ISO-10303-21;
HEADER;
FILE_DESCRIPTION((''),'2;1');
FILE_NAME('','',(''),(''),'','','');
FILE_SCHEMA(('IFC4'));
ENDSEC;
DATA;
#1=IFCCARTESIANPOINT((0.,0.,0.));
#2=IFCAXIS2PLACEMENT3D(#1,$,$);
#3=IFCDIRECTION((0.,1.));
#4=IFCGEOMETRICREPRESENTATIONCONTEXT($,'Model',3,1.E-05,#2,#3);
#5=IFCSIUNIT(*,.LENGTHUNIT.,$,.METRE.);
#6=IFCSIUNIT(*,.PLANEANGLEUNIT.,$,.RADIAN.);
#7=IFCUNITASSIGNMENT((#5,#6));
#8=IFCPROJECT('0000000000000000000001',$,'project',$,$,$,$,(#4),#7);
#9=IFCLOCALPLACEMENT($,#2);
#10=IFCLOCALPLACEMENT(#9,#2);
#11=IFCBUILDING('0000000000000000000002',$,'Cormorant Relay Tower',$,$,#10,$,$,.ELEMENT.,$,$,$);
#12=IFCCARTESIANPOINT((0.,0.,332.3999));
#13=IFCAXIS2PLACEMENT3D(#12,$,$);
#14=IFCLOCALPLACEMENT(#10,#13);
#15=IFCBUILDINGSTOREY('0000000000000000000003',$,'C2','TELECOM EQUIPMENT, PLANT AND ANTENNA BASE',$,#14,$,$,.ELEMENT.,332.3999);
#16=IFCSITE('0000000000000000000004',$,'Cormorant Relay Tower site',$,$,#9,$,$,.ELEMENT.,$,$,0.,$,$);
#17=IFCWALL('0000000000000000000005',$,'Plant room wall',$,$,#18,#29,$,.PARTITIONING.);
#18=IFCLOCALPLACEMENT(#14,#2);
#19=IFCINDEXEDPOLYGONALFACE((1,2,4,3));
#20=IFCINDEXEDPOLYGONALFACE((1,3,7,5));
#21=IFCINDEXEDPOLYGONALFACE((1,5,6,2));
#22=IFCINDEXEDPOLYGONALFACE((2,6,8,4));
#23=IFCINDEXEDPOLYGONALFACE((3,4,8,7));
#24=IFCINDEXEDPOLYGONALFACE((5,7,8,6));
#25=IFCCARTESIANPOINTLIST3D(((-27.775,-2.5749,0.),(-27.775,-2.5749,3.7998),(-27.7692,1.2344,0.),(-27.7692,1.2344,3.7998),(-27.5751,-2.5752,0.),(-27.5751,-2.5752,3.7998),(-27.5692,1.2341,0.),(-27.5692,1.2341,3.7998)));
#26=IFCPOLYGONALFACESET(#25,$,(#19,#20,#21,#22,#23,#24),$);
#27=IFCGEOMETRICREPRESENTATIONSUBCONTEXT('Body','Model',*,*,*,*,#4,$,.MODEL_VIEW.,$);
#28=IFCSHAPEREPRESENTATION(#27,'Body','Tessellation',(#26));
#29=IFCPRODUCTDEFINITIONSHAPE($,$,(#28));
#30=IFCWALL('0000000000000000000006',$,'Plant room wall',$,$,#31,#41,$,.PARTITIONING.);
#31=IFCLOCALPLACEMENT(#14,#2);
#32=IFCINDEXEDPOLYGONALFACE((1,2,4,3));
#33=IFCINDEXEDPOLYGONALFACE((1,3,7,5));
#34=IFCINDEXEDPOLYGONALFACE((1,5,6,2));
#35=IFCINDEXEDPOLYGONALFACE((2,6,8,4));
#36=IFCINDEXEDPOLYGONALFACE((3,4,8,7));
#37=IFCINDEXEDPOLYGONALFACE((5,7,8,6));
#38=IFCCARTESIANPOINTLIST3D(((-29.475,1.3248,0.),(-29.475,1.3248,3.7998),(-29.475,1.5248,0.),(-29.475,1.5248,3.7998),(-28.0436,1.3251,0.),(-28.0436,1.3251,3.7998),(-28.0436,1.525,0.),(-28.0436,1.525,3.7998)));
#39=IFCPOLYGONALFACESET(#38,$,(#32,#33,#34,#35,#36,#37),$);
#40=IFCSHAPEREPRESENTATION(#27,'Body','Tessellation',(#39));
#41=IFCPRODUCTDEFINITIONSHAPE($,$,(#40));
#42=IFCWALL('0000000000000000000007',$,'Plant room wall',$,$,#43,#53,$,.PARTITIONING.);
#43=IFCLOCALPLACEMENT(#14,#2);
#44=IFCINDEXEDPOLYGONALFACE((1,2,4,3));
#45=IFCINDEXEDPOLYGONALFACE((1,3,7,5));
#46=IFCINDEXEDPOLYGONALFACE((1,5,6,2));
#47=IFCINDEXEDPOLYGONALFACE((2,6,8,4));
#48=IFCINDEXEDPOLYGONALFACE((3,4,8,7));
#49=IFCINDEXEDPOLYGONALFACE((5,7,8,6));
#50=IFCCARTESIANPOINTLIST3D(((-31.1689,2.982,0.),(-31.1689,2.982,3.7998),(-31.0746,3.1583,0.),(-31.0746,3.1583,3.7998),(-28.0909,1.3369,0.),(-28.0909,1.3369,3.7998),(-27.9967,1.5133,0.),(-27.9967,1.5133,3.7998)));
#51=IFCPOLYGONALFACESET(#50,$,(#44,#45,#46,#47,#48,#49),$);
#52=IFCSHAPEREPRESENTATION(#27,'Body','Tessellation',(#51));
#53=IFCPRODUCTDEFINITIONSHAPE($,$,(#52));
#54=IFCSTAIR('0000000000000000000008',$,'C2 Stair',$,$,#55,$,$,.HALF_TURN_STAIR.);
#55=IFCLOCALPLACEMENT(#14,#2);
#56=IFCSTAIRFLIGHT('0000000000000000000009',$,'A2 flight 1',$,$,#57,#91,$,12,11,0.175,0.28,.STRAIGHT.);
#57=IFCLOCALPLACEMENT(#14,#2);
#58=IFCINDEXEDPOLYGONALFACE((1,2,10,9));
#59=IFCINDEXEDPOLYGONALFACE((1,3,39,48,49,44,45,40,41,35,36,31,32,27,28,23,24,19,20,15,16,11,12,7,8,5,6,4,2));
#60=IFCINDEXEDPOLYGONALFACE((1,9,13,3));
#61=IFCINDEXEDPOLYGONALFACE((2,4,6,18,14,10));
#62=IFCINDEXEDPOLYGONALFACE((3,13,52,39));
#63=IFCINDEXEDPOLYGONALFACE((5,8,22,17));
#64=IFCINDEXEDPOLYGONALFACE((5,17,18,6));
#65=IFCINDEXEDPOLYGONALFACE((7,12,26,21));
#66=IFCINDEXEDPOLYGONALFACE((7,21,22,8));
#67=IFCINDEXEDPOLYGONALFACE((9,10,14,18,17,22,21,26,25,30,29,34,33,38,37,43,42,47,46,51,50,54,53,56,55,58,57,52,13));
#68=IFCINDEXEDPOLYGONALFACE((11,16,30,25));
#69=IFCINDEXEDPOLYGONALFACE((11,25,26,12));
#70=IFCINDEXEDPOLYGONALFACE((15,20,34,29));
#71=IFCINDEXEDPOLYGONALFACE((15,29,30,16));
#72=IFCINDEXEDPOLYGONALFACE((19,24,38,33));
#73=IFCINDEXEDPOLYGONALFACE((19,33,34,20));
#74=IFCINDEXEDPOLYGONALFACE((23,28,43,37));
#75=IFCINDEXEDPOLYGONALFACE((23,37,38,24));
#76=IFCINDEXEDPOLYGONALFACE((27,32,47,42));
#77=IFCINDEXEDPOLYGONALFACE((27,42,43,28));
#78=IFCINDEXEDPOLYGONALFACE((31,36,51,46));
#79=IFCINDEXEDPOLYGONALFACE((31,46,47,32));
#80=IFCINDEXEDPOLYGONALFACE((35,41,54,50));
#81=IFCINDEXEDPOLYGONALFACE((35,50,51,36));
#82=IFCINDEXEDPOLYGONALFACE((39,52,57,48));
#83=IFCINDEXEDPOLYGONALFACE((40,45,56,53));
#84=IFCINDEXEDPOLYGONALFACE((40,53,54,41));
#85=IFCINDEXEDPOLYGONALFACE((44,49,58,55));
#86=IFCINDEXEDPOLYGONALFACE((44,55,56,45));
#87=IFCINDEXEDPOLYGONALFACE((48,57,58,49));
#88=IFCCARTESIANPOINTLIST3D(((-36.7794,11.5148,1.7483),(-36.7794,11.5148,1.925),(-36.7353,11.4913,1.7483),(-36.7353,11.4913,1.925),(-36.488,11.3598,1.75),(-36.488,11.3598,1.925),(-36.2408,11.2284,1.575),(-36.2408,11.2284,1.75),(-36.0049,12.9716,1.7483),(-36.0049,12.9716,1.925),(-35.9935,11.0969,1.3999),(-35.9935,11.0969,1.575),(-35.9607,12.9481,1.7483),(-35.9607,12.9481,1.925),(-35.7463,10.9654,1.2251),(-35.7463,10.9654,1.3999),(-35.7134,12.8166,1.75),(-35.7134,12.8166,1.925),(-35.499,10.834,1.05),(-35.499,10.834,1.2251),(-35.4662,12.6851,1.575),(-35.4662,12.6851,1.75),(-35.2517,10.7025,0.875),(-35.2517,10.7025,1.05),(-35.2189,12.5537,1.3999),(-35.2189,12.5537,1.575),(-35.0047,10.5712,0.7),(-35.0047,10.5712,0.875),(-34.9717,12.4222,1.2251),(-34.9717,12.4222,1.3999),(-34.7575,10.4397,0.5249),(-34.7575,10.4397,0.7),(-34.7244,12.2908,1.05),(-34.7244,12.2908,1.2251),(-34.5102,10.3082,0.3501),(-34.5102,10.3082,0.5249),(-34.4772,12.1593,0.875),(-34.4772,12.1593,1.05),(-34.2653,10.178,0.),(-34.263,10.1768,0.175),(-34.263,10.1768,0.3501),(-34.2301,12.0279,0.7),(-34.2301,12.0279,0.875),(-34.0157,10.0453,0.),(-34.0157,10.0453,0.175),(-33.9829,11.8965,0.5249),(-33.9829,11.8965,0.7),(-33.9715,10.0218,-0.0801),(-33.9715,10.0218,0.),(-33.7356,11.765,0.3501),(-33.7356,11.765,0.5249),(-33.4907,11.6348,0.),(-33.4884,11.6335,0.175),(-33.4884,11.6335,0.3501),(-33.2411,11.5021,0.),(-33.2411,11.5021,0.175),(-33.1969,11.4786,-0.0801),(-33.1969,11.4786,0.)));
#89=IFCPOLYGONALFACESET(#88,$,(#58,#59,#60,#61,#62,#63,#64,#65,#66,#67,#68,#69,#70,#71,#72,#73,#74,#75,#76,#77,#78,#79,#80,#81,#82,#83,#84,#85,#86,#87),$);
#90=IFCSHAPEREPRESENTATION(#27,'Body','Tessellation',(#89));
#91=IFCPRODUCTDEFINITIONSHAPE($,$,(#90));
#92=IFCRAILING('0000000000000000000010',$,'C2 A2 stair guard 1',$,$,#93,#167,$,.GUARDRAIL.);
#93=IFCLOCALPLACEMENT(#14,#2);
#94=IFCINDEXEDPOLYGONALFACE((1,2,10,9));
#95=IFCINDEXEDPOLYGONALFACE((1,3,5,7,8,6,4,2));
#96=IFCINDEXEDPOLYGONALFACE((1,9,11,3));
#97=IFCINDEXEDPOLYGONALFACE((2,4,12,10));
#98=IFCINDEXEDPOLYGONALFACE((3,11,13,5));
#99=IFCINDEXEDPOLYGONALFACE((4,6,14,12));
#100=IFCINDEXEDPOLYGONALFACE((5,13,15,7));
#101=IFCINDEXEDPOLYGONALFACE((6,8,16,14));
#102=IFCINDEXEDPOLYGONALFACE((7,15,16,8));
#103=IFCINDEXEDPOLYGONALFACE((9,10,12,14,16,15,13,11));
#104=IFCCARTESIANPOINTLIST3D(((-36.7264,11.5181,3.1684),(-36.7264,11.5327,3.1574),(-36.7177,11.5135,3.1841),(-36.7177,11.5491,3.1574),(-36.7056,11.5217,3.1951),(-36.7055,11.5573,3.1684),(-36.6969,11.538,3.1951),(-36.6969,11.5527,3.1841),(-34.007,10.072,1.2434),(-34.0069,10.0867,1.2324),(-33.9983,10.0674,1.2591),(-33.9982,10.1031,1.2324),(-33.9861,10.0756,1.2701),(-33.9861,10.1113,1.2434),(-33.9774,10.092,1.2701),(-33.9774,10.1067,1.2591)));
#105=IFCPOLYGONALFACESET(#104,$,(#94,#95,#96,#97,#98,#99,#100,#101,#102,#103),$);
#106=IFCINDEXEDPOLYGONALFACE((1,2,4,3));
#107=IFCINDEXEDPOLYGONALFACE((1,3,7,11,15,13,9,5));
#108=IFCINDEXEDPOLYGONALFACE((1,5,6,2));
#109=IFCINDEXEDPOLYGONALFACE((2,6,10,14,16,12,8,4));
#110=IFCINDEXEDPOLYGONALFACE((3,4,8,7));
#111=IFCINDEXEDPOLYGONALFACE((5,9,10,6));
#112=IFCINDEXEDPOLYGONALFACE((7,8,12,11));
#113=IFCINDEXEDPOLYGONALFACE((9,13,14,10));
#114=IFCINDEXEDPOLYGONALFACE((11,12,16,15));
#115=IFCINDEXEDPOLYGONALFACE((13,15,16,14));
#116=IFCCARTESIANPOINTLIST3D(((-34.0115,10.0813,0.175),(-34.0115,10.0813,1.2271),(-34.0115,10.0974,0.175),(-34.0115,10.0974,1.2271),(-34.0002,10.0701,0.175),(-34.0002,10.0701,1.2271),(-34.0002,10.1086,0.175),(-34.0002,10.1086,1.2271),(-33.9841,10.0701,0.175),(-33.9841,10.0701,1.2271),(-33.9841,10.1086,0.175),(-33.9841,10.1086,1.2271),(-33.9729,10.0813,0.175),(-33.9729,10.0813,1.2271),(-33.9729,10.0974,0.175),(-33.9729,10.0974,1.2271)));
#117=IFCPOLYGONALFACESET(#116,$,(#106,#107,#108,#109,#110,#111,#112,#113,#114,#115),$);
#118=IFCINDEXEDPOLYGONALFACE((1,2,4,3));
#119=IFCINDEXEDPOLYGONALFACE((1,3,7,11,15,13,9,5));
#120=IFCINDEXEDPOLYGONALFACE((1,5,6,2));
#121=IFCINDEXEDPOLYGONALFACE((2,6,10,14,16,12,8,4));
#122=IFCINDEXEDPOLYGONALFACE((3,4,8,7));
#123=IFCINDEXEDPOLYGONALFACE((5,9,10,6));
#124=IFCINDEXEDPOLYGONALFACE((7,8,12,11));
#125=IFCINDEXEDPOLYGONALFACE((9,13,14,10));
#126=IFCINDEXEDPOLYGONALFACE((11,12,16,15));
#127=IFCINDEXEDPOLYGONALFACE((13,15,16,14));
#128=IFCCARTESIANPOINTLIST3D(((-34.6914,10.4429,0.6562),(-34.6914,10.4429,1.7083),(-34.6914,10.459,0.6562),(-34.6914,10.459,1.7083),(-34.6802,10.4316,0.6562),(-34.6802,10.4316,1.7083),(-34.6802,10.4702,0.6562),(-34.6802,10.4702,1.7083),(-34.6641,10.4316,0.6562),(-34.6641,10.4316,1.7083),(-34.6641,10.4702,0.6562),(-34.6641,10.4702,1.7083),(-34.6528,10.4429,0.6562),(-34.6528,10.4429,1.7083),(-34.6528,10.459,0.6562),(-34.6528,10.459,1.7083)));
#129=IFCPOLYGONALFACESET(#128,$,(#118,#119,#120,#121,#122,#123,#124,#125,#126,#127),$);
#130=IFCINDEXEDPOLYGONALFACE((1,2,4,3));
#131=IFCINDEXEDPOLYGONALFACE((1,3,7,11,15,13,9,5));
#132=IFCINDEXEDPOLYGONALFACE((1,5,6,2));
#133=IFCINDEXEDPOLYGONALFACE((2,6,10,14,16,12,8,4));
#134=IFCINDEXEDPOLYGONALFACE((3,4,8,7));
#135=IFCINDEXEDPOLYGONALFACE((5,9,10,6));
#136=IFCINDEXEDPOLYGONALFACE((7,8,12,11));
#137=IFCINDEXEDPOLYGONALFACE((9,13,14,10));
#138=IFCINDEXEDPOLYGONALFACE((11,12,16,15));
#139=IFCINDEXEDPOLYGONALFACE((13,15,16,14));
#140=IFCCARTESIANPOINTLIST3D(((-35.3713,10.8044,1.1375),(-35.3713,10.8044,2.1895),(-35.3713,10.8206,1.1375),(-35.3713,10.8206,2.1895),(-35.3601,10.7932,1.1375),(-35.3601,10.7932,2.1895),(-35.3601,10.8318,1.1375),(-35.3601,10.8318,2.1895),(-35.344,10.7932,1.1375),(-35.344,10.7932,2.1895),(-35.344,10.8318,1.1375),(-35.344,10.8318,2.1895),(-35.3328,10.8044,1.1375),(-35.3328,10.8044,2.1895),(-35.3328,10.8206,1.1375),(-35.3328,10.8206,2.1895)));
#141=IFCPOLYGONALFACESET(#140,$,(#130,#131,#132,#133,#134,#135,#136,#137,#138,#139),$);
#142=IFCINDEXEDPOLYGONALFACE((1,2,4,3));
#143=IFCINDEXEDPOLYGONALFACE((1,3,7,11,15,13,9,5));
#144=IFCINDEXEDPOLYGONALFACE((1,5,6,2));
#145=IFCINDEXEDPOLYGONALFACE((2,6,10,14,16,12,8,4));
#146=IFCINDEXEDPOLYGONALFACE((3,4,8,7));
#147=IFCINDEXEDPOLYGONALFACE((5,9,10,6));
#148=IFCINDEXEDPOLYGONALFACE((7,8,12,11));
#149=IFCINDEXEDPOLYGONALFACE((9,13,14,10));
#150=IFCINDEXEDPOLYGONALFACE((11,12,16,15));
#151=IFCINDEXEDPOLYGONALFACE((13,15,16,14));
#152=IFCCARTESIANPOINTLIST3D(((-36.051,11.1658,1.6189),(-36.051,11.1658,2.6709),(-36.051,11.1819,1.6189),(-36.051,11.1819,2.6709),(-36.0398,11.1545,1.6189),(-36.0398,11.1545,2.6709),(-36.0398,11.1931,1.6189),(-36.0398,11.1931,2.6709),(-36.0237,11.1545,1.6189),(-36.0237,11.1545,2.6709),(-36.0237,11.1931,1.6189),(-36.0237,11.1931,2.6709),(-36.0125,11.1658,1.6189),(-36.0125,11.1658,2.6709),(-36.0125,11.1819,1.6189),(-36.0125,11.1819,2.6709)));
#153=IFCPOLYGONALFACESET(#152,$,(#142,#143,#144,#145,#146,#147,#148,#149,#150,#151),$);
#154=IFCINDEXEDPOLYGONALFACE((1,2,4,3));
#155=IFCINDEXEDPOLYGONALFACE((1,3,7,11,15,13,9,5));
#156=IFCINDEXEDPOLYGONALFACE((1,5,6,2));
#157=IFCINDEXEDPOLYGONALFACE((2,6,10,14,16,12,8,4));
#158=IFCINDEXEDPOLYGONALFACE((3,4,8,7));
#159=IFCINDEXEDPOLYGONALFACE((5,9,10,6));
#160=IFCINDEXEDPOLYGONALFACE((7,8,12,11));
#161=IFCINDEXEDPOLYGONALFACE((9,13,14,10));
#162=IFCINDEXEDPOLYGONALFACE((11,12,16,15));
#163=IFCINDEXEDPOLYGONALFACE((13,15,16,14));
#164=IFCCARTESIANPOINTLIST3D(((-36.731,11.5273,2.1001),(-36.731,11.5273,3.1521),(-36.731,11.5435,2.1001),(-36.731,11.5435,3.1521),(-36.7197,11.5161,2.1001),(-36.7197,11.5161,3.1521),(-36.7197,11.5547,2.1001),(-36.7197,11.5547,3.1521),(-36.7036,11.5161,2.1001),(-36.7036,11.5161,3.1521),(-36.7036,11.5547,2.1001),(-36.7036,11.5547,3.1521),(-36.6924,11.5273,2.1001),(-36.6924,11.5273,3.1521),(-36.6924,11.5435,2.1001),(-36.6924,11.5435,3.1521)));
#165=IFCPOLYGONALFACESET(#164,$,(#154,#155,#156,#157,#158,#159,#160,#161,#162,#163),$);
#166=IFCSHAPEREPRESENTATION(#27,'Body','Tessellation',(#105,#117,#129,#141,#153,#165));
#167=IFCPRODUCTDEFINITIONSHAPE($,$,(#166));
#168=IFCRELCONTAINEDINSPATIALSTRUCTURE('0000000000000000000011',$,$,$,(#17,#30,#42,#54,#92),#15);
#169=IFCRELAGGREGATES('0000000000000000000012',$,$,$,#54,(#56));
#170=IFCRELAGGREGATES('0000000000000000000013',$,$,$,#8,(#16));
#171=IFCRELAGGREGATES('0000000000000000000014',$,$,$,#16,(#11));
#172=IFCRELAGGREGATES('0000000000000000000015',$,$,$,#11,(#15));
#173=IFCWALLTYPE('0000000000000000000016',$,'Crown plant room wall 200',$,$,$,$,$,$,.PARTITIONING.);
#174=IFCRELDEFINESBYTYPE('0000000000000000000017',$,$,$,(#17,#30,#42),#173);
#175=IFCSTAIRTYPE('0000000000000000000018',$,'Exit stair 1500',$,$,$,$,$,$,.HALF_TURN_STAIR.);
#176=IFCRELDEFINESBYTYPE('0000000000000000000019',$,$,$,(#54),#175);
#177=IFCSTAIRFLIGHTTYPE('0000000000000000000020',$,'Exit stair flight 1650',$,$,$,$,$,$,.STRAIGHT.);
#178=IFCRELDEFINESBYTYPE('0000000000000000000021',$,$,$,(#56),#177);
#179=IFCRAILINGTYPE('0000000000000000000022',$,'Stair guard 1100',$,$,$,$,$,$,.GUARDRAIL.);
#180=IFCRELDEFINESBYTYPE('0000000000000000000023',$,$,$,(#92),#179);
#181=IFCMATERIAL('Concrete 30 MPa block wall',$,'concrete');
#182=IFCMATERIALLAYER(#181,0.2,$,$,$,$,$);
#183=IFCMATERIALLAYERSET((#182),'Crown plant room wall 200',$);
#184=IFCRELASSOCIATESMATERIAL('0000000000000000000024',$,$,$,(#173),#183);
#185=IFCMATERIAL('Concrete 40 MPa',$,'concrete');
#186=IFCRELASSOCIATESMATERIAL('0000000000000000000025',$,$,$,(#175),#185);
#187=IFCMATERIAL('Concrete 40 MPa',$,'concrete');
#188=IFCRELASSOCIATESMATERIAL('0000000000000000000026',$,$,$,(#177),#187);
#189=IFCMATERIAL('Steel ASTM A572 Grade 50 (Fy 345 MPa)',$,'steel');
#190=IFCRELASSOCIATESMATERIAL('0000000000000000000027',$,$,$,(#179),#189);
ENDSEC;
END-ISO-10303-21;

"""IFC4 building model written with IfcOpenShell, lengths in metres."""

from ifc_helpers import new_model, si_unit, direction, frame, frame_2d, origin, place, context, subcontext, project, spatial, polyline, rectangle, outline, extrude, material, layer, layer_set, type_object, element, aggregate, save


model = new_model("IFC4")

# Units and contexts
model_context = context("Model", 3, precision=1e-05, world=origin(), true_north=direction((0.0, 1.0)))
body_context = subcontext(model_context, "Body", "Model", "MODEL_VIEW")
ifc_project = project(units=[si_unit("LENGTHUNIT", "METRE"), si_unit("PLANEANGLEUNIT", "RADIAN")], contexts=[model_context])

# Site, building, storey
site_placement = place(None, origin())
site = spatial("IfcSite", under=ifc_project, at=site_placement, Name="Cormorant Relay Tower site", CompositionType="ELEMENT", RefElevation=0.0)
building_placement = place(site_placement, origin())
building = spatial("IfcBuilding", under=site, at=building_placement, Name="Cormorant Relay Tower", CompositionType="ELEMENT")
storey_placement = place(building_placement, frame((0.0, 0.0, 332.3999)))
storey = spatial("IfcBuildingStorey", under=building, at=storey_placement, Name="C2", Description="TELECOM EQUIPMENT, PLANT AND ANTENNA BASE", CompositionType="ELEMENT", Elevation=332.3999)

# Shared definitions
ifc_material_1 = material(Name="Concrete 30 MPa block wall", Category="concrete")
ifc_layer_1 = layer(ifc_material_1, 0.2)
ifc_layer_set_1 = layer_set([ifc_layer_1], Name="Crown plant room wall 200")
wall_type_1 = type_object("IfcWallType", Name="Crown plant room wall 200", PredefinedType="PARTITIONING", material=ifc_layer_set_1)

# Walls
wall_1_placement = place(storey_placement, frame((-27.6692, 1.2344, 0.0), z_axis=(0.0, 0.0, 1.0), x_axis=(-0.001538, -0.999999, 0.0)))
element("IfcWall", 1, at=wall_1_placement, inside=storey, type_object=wall_type_1, Name="Plant room wall", PredefinedType="PARTITIONING", context=body_context, shape_type="SweptSolid", body=[
    extrude(rectangle(XDim=3.8093, YDim=0.2, at=frame_2d((1.9048, 0.0))), origin(), (0.0, 0.0, 1.0), 3.7998),
])
wall_2_placement = place(storey_placement, frame((-29.4751, 1.4248, 0.0), z_axis=(0.0, 0.0, 1.0), x_axis=(1.0, 0.000171, 0.0)))
element("IfcWall", 2, at=wall_2_placement, inside=storey, type_object=wall_type_1, Name="Plant room wall", PredefinedType="PARTITIONING", context=body_context, shape_type="SweptSolid", body=[
    extrude(rectangle(XDim=1.4314, YDim=0.2, at=frame_2d((0.7158, 0.0))), origin(), (0.0, 0.0, 1.0), 3.7998),
])
wall_3_placement = place(storey_placement, frame((-28.0437, 1.425, 0.0), z_axis=(0.0, 0.0, 1.0), x_axis=(-0.881938, 0.471365, 0.0)))
element("IfcWall", 3, at=wall_3_placement, inside=storey, type_object=wall_type_1, Name="Plant room wall", PredefinedType="PARTITIONING", context=body_context, shape_type="SweptSolid", body=[
    extrude(rectangle(XDim=3.49, YDim=0.2, at=frame_2d((1.7451, 0.0))), origin(), (0.0, 0.0, 1.0), 3.7998),
])

# Stair, stair flight
ifc_material_2 = material(Name="Concrete 40 MPa", Category="concrete")
stair_type = type_object("IfcStairType", Name="Exit stair 1500", PredefinedType="HALF_TURN_STAIR", material=ifc_material_2)
stair_placement = place(storey_placement, origin())
stair = element("IfcStair", 4, at=stair_placement, inside=storey, type_object=stair_type, Name="C2 Stair", PredefinedType="HALF_TURN_STAIR")
ifc_material_3 = material(Name="Concrete 40 MPa", Category="concrete")
stair_flight_type = type_object("IfcStairFlightType", Name="Exit stair flight 1650", PredefinedType="STRAIGHT", material=ifc_material_3)
stair_flight_placement = place(storey_placement, frame((-33.6284, 10.7737, 0.0), z_axis=(0.0, 0.0, 1.0), x_axis=(-0.882948, 0.469472, 0.0)))
stair_flight = element("IfcStairFlight", 5, at=stair_flight_placement, type_object=stair_flight_type, Name="A2 flight 1", NumberOfRisers=12, NumberOfTreads=11, PredefinedType="STRAIGHT", RiserHeight=0.175, TreadLength=0.28, context=body_context, shape_type="SweptSolid", body=[
    extrude(outline(polyline([(-0.05, -0.0801), (-0.05, 0.0), (0.0, 0.0), (0.0, 0.175), (0.28, 0.175), (0.28, 0.3501), (0.5601, 0.3501), (0.5601, 0.5249), (0.8401, 0.5249), (0.8401, 0.7), (1.1201, 0.7), (1.1201, 0.875), (1.3999, 0.875), (1.3999, 1.05), (1.6799, 1.05), (1.6799, 1.2251), (1.96, 1.2251), (1.96, 1.3999), (2.24, 1.3999), (2.24, 1.575), (2.52, 1.575), (2.52, 1.75), (2.8, 1.75), (2.8, 1.925), (3.0801, 1.925), (3.1301, 1.925), (3.1301, 1.7483), (3.0801, 1.7483), (0.2827, 0.0), (-0.05, -0.0801)])), frame((0.0, 0.825, 0.0), z_axis=(0.0, -1.0, 0.0), x_axis=(1.0, 0.0, 0.0)), (0.0, 0.0, 1.0), 1.6499),
])
aggregate(stair, [stair_flight])

# Railing
ifc_material_4 = material(Name="Steel ASTM A572 Grade 50 (Fy 345 MPa)", Category="steel")
railing_type_1 = type_object("IfcRailingType", Name="Stair guard 1100", PredefinedType="GUARDRAIL", material=ifc_material_4)
railing_1_placement = place(storey_placement, frame((-33.9922, 10.0894, 0.175)))
element("IfcRailing", 6, at=railing_1_placement, inside=storey, type_object=railing_type_1, Name="C2 A2 stair guard 1", PredefinedType="GUARDRAIL", context=body_context, shape_type="SweptSolid", body=[
    extrude(outline(polyline([(0.0222, 0.0093), (0.0093, 0.0222), (-0.0093, 0.0222), (-0.0222, 0.0093), (-0.0222, -0.0093), (-0.0093, -0.0222), (0.0093, -0.0222), (0.0222, -0.0093), (0.0222, 0.0093)])), frame((0.0, 0.0, 1.0762), z_axis=(-0.748727, 0.398125, 0.530004), x_axis=(-0.469489, -0.882938, 0.0)), (0.0, 0.0, 1.0), 3.6321),
    extrude(outline(polyline([(0.0193, 0.0081), (0.0081, 0.0193), (-0.0081, 0.0193), (-0.0193, 0.0081), (-0.0193, -0.0081), (-0.0081, -0.0193), (0.0081, -0.0193), (0.0193, -0.0081), (0.0193, 0.0081)])), origin(), (0.0, 0.0, 1.0), 1.052),
    extrude(outline(polyline([(0.0193, 0.0081), (0.0081, 0.0193), (-0.0081, 0.0193), (-0.0193, 0.0081), (-0.0193, -0.0081), (-0.0081, -0.0193), (0.0081, -0.0193), (0.0193, -0.0081), (0.0193, 0.0081)])), frame((-0.6799, 0.3616, 0.4812)), (0.0, 0.0, 1.0), 1.052),
    extrude(outline(polyline([(0.0193, 0.0081), (0.0081, 0.0193), (-0.0081, 0.0193), (-0.0193, 0.0081), (-0.0193, -0.0081), (-0.0081, -0.0193), (0.0081, -0.0193), (0.0193, -0.0081), (0.0193, 0.0081)])), frame((-1.3599, 0.7231, 0.9624)), (0.0, 0.0, 1.0), 1.052),
    extrude(outline(polyline([(0.0193, 0.0081), (0.0081, 0.0193), (-0.0081, 0.0193), (-0.0193, 0.0081), (-0.0193, -0.0081), (-0.0081, -0.0193), (0.0081, -0.0193), (0.0193, -0.0081), (0.0193, 0.0081)])), frame((-2.0396, 1.0845, 1.4438)), (0.0, 0.0, 1.0), 1.052),
    extrude(outline(polyline([(0.0193, 0.0081), (0.0081, 0.0193), (-0.0081, 0.0193), (-0.0193, 0.0081), (-0.0193, -0.0081), (-0.0081, -0.0193), (0.0081, -0.0193), (0.0193, -0.0081), (0.0193, 0.0081)])), frame((-2.7195, 1.446, 1.925)), (0.0, 0.0, 1.0), 1.052),
])

save(model, "model.ifc")
